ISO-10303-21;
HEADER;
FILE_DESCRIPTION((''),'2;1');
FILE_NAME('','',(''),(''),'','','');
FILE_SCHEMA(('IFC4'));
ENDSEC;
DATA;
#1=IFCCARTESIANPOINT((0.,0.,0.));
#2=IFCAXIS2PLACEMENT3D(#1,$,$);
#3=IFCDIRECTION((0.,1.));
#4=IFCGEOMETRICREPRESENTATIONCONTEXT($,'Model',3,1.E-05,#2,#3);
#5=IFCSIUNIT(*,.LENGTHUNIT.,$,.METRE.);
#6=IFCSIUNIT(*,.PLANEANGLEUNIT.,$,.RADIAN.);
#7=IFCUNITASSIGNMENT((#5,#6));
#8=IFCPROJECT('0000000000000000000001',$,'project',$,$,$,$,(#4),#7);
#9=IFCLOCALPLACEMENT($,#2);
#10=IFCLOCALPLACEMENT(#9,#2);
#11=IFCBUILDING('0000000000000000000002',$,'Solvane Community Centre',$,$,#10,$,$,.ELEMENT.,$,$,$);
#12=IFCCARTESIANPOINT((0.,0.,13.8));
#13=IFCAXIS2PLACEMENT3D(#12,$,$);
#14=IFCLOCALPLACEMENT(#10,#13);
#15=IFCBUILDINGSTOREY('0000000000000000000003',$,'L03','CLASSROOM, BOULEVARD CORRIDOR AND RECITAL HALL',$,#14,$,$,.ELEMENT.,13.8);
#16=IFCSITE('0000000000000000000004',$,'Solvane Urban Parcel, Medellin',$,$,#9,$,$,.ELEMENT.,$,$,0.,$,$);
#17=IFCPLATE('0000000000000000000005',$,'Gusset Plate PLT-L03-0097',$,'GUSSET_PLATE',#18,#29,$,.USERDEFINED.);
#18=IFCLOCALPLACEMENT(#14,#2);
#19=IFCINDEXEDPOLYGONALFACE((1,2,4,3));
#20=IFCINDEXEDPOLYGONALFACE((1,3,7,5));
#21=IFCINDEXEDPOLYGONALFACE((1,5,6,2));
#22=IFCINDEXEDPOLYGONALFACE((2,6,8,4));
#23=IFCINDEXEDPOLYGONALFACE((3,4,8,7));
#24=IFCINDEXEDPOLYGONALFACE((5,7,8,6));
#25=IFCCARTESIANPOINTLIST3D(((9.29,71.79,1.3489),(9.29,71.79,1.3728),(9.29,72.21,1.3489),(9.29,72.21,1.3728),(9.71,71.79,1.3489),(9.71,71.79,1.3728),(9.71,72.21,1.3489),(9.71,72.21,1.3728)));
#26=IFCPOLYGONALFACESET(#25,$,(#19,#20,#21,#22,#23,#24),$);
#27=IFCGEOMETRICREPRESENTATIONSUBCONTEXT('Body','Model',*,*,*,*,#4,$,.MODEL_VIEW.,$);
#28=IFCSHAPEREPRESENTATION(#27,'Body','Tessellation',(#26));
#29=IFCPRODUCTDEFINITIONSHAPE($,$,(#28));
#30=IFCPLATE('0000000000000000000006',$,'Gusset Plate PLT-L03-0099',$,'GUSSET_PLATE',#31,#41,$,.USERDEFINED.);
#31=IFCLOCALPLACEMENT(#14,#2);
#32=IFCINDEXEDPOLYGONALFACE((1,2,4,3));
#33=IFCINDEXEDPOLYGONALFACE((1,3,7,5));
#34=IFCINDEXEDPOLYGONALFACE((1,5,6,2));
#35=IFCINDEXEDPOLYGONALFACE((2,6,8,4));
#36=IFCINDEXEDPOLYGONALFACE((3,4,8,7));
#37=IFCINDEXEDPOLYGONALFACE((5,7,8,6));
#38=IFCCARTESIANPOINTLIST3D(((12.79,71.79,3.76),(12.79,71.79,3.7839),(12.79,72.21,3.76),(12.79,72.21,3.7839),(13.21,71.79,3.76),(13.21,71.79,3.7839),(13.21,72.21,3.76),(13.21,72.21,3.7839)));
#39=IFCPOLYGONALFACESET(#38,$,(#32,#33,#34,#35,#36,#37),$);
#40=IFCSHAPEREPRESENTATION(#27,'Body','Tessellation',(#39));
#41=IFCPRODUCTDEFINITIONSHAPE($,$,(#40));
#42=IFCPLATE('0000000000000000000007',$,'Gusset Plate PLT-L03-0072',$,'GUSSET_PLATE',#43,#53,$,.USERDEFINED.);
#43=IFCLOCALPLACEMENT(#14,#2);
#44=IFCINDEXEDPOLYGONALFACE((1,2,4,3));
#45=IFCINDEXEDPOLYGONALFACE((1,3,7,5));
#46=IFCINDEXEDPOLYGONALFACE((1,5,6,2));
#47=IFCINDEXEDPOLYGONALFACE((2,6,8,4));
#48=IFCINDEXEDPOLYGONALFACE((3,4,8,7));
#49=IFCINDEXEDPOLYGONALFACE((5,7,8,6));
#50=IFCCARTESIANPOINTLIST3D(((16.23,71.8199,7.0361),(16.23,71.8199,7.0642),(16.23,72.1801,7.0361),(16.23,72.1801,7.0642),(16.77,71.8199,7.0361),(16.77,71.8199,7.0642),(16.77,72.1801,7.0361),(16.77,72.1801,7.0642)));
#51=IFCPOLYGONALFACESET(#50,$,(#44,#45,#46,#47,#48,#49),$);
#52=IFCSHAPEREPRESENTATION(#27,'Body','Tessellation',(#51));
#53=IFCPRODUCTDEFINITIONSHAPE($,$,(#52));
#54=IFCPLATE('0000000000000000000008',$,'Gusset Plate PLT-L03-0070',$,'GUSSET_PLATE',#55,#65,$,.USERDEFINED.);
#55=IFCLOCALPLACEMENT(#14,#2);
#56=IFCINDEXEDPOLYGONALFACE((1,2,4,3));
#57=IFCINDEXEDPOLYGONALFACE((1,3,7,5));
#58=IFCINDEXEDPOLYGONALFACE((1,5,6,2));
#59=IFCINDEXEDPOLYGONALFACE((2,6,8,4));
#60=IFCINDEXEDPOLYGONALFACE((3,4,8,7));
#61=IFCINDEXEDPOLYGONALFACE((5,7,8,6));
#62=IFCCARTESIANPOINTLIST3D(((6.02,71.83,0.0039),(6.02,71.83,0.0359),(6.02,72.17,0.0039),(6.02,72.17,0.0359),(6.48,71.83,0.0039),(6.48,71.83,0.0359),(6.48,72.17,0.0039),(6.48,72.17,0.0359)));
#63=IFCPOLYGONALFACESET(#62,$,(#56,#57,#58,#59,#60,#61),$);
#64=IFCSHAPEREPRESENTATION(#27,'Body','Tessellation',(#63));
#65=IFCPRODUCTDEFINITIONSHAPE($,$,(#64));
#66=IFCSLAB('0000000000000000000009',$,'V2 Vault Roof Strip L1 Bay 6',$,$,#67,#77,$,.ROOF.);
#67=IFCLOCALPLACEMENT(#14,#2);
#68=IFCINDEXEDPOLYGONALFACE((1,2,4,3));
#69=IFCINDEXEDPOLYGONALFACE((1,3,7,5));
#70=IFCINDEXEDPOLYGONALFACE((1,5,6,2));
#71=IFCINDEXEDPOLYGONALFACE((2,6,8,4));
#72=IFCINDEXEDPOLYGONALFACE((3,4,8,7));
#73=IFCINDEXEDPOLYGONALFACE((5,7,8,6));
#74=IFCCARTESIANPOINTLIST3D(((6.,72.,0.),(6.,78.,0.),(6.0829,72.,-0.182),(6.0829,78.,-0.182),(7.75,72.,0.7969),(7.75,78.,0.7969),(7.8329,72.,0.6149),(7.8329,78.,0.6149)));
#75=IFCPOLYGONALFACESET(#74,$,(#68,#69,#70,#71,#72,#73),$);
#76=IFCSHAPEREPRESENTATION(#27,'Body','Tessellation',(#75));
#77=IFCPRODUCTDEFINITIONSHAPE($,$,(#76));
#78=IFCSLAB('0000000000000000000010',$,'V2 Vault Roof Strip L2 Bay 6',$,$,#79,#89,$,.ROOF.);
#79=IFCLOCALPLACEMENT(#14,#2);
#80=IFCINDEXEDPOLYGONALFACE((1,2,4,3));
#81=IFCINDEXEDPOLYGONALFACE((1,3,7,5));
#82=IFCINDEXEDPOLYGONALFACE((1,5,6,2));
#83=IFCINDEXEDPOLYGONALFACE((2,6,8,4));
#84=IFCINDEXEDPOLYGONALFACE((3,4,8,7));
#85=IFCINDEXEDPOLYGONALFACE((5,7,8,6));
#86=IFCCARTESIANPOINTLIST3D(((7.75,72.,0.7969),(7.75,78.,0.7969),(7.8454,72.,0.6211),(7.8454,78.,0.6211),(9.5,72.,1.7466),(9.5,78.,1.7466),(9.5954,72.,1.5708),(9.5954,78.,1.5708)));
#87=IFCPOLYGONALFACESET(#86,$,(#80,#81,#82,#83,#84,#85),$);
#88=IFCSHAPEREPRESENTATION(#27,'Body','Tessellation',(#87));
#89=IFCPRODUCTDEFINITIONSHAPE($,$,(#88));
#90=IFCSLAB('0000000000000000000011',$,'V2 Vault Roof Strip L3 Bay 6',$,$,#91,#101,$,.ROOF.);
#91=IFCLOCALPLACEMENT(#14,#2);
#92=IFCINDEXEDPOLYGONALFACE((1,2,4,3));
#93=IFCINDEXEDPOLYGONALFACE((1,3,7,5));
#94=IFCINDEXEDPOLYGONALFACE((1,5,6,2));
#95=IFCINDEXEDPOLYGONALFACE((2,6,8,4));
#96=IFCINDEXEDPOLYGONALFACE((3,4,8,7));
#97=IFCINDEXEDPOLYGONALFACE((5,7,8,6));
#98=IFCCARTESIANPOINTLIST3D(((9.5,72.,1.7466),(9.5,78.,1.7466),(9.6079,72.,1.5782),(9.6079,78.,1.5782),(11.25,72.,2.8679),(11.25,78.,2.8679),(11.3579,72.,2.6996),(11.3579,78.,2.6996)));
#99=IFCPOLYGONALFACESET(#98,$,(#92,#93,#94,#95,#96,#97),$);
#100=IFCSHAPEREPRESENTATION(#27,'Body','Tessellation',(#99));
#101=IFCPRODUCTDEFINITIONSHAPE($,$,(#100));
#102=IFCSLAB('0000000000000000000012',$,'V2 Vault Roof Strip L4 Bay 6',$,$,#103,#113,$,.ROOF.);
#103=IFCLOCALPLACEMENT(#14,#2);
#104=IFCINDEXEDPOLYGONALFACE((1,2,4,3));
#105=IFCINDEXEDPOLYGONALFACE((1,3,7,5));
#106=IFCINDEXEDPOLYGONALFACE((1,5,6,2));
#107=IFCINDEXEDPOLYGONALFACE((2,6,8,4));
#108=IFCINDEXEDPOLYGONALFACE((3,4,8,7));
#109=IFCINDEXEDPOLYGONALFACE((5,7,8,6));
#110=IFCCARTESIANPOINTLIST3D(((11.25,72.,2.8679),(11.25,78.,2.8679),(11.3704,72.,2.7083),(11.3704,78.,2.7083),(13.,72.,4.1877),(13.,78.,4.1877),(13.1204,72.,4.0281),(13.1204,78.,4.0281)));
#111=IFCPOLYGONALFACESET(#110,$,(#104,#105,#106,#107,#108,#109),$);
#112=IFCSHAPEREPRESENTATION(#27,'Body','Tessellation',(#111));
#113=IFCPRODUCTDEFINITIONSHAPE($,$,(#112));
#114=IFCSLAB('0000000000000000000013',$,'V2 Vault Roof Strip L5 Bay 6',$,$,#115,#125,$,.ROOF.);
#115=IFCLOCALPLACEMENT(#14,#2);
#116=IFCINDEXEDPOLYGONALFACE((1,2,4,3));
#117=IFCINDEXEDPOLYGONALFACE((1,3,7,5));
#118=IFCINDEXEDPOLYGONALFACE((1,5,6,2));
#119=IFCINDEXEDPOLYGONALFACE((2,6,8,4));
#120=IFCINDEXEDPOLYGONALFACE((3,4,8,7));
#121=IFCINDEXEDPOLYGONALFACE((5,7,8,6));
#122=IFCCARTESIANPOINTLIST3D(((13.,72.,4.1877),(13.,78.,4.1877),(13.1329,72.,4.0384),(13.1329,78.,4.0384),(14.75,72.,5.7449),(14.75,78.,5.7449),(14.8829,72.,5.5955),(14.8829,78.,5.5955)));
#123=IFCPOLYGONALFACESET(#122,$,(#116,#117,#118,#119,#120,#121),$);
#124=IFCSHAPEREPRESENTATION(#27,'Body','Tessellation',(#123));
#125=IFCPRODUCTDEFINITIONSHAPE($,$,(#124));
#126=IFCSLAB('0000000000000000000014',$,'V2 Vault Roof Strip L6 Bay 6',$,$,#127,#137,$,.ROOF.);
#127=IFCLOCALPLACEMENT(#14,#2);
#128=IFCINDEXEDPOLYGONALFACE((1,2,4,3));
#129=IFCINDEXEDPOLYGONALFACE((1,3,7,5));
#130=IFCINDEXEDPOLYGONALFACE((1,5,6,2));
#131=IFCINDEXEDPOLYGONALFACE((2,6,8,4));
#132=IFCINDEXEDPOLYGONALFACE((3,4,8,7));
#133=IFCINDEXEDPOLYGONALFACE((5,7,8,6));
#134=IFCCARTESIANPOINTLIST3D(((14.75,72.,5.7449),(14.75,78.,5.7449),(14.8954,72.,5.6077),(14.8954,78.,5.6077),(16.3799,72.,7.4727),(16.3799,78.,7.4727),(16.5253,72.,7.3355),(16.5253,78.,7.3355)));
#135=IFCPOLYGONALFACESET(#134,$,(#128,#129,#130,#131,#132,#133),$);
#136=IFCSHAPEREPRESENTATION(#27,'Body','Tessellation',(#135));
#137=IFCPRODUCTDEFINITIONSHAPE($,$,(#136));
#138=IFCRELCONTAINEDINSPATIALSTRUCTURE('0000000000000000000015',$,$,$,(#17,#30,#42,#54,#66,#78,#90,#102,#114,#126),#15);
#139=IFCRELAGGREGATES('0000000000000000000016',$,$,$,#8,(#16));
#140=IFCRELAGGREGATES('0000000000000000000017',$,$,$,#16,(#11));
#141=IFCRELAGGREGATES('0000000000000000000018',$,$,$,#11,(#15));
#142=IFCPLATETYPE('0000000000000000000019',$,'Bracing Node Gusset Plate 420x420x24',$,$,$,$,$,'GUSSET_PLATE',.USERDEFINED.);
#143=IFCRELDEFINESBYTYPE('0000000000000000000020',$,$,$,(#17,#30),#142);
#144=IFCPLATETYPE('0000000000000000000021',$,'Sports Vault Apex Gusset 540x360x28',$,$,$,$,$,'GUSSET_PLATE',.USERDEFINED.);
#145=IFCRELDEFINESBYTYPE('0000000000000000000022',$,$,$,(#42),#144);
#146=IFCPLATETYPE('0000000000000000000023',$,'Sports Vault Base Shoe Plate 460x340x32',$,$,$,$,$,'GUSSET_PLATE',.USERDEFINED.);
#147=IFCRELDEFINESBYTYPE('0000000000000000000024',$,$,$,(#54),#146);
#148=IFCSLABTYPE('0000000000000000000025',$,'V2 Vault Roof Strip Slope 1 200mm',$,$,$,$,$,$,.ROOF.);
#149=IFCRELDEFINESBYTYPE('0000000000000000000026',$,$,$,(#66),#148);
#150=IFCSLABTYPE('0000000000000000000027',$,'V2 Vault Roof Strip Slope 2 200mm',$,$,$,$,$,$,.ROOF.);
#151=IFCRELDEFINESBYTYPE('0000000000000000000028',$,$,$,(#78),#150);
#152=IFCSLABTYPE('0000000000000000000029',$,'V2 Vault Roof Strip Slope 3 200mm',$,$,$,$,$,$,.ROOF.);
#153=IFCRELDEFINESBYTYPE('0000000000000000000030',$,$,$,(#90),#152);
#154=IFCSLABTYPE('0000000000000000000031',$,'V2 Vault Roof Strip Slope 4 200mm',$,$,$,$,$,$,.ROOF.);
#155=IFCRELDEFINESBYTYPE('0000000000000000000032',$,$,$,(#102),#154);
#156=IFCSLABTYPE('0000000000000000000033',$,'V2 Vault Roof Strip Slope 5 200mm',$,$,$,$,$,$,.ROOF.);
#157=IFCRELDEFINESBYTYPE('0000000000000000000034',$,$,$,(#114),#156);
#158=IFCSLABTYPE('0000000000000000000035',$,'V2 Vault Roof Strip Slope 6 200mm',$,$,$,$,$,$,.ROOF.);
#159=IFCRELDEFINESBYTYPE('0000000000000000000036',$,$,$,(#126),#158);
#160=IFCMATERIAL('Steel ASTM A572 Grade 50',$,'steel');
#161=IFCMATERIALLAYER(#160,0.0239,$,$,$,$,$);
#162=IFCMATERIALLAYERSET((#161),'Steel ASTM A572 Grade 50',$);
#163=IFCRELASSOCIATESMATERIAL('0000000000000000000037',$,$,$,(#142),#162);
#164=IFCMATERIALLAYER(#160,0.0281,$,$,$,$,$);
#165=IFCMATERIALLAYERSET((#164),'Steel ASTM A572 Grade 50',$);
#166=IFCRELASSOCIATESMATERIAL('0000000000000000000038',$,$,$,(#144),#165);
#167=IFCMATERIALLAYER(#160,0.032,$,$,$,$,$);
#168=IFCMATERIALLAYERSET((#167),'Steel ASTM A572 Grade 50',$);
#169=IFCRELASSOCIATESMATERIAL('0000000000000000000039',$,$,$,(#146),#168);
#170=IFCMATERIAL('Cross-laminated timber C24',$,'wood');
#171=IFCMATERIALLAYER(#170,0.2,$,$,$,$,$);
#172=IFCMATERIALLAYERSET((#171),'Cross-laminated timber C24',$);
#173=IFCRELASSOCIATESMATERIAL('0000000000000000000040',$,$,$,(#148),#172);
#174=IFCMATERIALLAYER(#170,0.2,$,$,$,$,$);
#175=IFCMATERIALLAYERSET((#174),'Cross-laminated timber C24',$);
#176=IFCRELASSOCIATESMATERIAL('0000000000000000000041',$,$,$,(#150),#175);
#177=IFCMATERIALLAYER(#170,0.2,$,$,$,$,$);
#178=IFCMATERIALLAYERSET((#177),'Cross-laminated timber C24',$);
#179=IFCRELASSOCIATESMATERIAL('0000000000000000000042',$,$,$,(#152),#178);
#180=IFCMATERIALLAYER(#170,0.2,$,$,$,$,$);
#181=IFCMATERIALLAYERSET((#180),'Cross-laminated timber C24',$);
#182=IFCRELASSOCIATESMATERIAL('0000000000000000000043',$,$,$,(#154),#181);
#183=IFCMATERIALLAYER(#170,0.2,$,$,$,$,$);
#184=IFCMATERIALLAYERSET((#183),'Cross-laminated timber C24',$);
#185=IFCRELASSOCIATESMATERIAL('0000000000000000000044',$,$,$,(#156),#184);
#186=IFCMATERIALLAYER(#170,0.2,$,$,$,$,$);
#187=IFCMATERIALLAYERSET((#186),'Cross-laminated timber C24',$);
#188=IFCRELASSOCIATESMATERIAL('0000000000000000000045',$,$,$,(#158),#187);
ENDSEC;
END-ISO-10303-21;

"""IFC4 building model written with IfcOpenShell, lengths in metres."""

from ifc_helpers import new_model, si_unit, direction, frame, origin, origin_2d, place, context, subcontext, project, spatial, polyline, rectangle, outline, extrude, material, layer, layer_set, type_object, element, save


model = new_model("IFC4")

# Units and contexts
model_context = context("Model", 3, precision=1e-05, world=origin(), true_north=direction((0.0, 1.0)))
body_context = subcontext(model_context, "Body", "Model", "MODEL_VIEW")
ifc_project = project(units=[si_unit("LENGTHUNIT", "METRE"), si_unit("PLANEANGLEUNIT", "RADIAN")], contexts=[model_context])

# Site, building, storey
site_placement = place(None, origin())
site = spatial("IfcSite", under=ifc_project, at=site_placement, Name="Solvane Urban Parcel, Medellin", CompositionType="ELEMENT", RefElevation=0.0)
building_placement = place(site_placement, origin())
building = spatial("IfcBuilding", under=site, at=building_placement, Name="Solvane Community Centre", CompositionType="ELEMENT")
storey_placement = place(building_placement, frame((0.0, 0.0, 13.8)))
storey = spatial("IfcBuildingStorey", under=building, at=storey_placement, Name="L03", Description="CLASSROOM, BOULEVARD CORRIDOR AND RECITAL HALL", CompositionType="ELEMENT", Elevation=13.8)

# Shared definitions
ifc_material_1 = material(Name="Steel ASTM A572 Grade 50", Category="steel")

# Plates
ifc_layer_1 = layer(ifc_material_1, 0.0239)
ifc_layer_set_1 = layer_set([ifc_layer_1], Name="Steel ASTM A572 Grade 50")
plate_type_1 = type_object("IfcPlateType", Name="Bracing Node Gusset Plate 420x420x24", ElementType="GUSSET_PLATE", PredefinedType="USERDEFINED", material=ifc_layer_set_1)
for number, where, z_axis, x_axis, name in (
    (1, (9.5, 72.0, 1.3489), (0.0, 0.0, 1.0), (1.0, 0.0, 0.0), "Gusset Plate PLT-L03-0097"),
    (2, (13.0, 72.0, 3.76), (0.0, 0.0, 1.0), (1.0, 0.0, 0.0), "Gusset Plate PLT-L03-0099"),
):
    element("IfcPlate", number, at=place(storey_placement, frame(where, z_axis=z_axis, x_axis=x_axis)), inside=storey, type_object=plate_type_1, Name=name, ObjectType="GUSSET_PLATE", PredefinedType="USERDEFINED", context=body_context, shape_type="SweptSolid", body=[
        extrude(rectangle(XDim=0.4199, YDim=0.4199, at=origin_2d()), origin(), (0.0, 0.0, 1.0), 0.0239),
    ])
ifc_layer_2 = layer(ifc_material_1, 0.0281)
ifc_layer_set_2 = layer_set([ifc_layer_2], Name="Steel ASTM A572 Grade 50")
plate_type_2 = type_object("IfcPlateType", Name="Sports Vault Apex Gusset 540x360x28", ElementType="GUSSET_PLATE", PredefinedType="USERDEFINED", material=ifc_layer_set_2)
plate_1_placement = place(storey_placement, frame((16.5, 72.0, 7.0361), z_axis=(0.0, 0.0, 1.0), x_axis=(1.0, 0.0, 0.0)))
element("IfcPlate", 3, at=plate_1_placement, inside=storey, type_object=plate_type_2, Name="Gusset Plate PLT-L03-0072", ObjectType="GUSSET_PLATE", PredefinedType="USERDEFINED", context=body_context, shape_type="SweptSolid", body=[
    extrude(rectangle(XDim=0.54, YDim=0.3601, at=origin_2d()), origin(), (0.0, 0.0, 1.0), 0.0281),
])
ifc_layer_3 = layer(ifc_material_1, 0.032)
ifc_layer_set_3 = layer_set([ifc_layer_3], Name="Steel ASTM A572 Grade 50")
plate_type_3 = type_object("IfcPlateType", Name="Sports Vault Base Shoe Plate 460x340x32", ElementType="GUSSET_PLATE", PredefinedType="USERDEFINED", material=ifc_layer_set_3)
plate_2_placement = place(storey_placement, frame((6.25, 72.0, 0.0039), z_axis=(0.0, 0.0, 1.0), x_axis=(1.0, 0.0, 0.0)))
element("IfcPlate", 4, at=plate_2_placement, inside=storey, type_object=plate_type_3, Name="Gusset Plate PLT-L03-0070", ObjectType="GUSSET_PLATE", PredefinedType="USERDEFINED", context=body_context, shape_type="SweptSolid", body=[
    extrude(rectangle(XDim=0.46, YDim=0.3401, at=origin_2d()), origin(), (0.0, 0.0, 1.0), 0.032),
])

# Slabs
ifc_material_2 = material(Name="Cross-laminated timber C24", Category="wood")
ifc_layer_4 = layer(ifc_material_2, 0.2)
ifc_layer_set_4 = layer_set([ifc_layer_4], Name="Cross-laminated timber C24")
slab_type_1 = type_object("IfcSlabType", Name="V2 Vault Roof Strip Slope 1 200mm", PredefinedType="ROOF", material=ifc_layer_set_4)
slab_1_placement = place(storey_placement, frame((6.0, 72.0, 0.0), z_axis=(-0.414415, 0.0, 0.910088), x_axis=(0.910088, 0.0, 0.414415)))
element("IfcSlab", 5, at=slab_1_placement, inside=storey, type_object=slab_type_1, Name="V2 Vault Roof Strip L1 Bay 6", PredefinedType="ROOF", context=body_context, shape_type="SweptSolid", body=[
    extrude(outline(polyline([(0.0, 0.0), (1.9229, 0.0), (1.9229, 6.0), (0.0, 6.0), (0.0, 0.0)])), origin(), (0.0, 0.0, -1.0), 0.2),
])
ifc_layer_5 = layer(ifc_material_2, 0.2)
ifc_layer_set_5 = layer_set([ifc_layer_5], Name="Cross-laminated timber C24")
slab_type_2 = type_object("IfcSlabType", Name="V2 Vault Roof Strip Slope 2 200mm", PredefinedType="ROOF", material=ifc_layer_set_5)
slab_2_placement = place(storey_placement, frame((7.75, 72.0, 0.7969), z_axis=(-0.476978, 0.0, 0.878915), x_axis=(0.878915, 0.0, 0.476978)))
element("IfcSlab", 6, at=slab_2_placement, inside=storey, type_object=slab_type_2, Name="V2 Vault Roof Strip L2 Bay 6", PredefinedType="ROOF", context=body_context, shape_type="SweptSolid", body=[
    extrude(outline(polyline([(0.0, 0.0), (1.9911, 0.0), (1.9911, 6.0), (0.0, 6.0), (0.0, 0.0)])), origin(), (0.0, 0.0, -1.0), 0.2),
])
ifc_layer_6 = layer(ifc_material_2, 0.2)
ifc_layer_set_6 = layer_set([ifc_layer_6], Name="Cross-laminated timber C24")
slab_type_3 = type_object("IfcSlabType", Name="V2 Vault Roof Strip Slope 3 200mm", PredefinedType="ROOF", material=ifc_layer_set_6)
slab_3_placement = place(storey_placement, frame((9.5, 72.0, 1.7466), z_axis=(-0.53951, 0.0, 0.841979), x_axis=(0.841979, 0.0, 0.53951)))
element("IfcSlab", 7, at=slab_3_placement, inside=storey, type_object=slab_type_3, Name="V2 Vault Roof Strip L3 Bay 6", PredefinedType="ROOF", context=body_context, shape_type="SweptSolid", body=[
    extrude(outline(polyline([(0.0, 0.0), (2.0784, 0.0), (2.0784, 6.0), (0.0, 6.0), (0.0, 0.0)])), origin(), (0.0, 0.0, -1.0), 0.2),
])
ifc_layer_7 = layer(ifc_material_2, 0.2)
ifc_layer_set_7 = layer_set([ifc_layer_7], Name="Cross-laminated timber C24")
slab_type_4 = type_object("IfcSlabType", Name="V2 Vault Roof Strip Slope 4 200mm", PredefinedType="ROOF", material=ifc_layer_set_7)
slab_4_placement = place(storey_placement, frame((11.25, 72.0, 2.8679), z_axis=(-0.602136, 0.0, 0.798393), x_axis=(0.798393, 0.0, 0.602136)))
element("IfcSlab", 8, at=slab_4_placement, inside=storey, type_object=slab_type_4, Name="V2 Vault Roof Strip L4 Bay 6", PredefinedType="ROOF", context=body_context, shape_type="SweptSolid", body=[
    extrude(outline(polyline([(0.0, 0.0), (2.1919, 0.0), (2.1919, 6.0), (0.0, 6.0), (0.0, 0.0)])), origin(), (0.0, 0.0, -1.0), 0.2),
])
ifc_layer_8 = layer(ifc_material_2, 0.2)
ifc_layer_set_8 = layer_set([ifc_layer_8], Name="Cross-laminated timber C24")
slab_type_5 = type_object("IfcSlabType", Name="V2 Vault Roof Strip Slope 5 200mm", PredefinedType="ROOF", material=ifc_layer_set_8)
slab_5_placement = place(storey_placement, frame((13.0, 72.0, 4.1877), z_axis=(-0.664739, 0.0, 0.747076), x_axis=(0.747076, 0.0, 0.664739)))
element("IfcSlab", 9, at=slab_5_placement, inside=storey, type_object=slab_type_5, Name="V2 Vault Roof Strip L5 Bay 6", PredefinedType="ROOF", context=body_context, shape_type="SweptSolid", body=[
    extrude(outline(polyline([(0.0, 0.0), (2.3425, 0.0), (2.3425, 6.0), (0.0, 6.0), (0.0, 0.0)])), origin(), (0.0, 0.0, -1.0), 0.2),
])
ifc_layer_9 = layer(ifc_material_2, 0.2)
ifc_layer_set_9 = layer_set([ifc_layer_9], Name="Cross-laminated timber C24")
slab_type_6 = type_object("IfcSlabType", Name="V2 Vault Roof Strip Slope 6 200mm", PredefinedType="ROOF", material=ifc_layer_set_9)
slab_6_placement = place(storey_placement, frame((14.75, 72.0, 5.7449), z_axis=(-0.727415, 0.0, 0.686198), x_axis=(0.686198, 0.0, 0.727415)))
element("IfcSlab", 10, at=slab_6_placement, inside=storey, type_object=slab_type_6, Name="V2 Vault Roof Strip L6 Bay 6", PredefinedType="ROOF", context=body_context, shape_type="SweptSolid", body=[
    extrude(outline(polyline([(0.0, 0.0), (2.3752, 0.0), (2.3752, 6.0), (0.0, 6.0), (0.0, 0.0)])), origin(), (0.0, 0.0, -1.0), 0.2),
])

save(model, "model.ifc")
